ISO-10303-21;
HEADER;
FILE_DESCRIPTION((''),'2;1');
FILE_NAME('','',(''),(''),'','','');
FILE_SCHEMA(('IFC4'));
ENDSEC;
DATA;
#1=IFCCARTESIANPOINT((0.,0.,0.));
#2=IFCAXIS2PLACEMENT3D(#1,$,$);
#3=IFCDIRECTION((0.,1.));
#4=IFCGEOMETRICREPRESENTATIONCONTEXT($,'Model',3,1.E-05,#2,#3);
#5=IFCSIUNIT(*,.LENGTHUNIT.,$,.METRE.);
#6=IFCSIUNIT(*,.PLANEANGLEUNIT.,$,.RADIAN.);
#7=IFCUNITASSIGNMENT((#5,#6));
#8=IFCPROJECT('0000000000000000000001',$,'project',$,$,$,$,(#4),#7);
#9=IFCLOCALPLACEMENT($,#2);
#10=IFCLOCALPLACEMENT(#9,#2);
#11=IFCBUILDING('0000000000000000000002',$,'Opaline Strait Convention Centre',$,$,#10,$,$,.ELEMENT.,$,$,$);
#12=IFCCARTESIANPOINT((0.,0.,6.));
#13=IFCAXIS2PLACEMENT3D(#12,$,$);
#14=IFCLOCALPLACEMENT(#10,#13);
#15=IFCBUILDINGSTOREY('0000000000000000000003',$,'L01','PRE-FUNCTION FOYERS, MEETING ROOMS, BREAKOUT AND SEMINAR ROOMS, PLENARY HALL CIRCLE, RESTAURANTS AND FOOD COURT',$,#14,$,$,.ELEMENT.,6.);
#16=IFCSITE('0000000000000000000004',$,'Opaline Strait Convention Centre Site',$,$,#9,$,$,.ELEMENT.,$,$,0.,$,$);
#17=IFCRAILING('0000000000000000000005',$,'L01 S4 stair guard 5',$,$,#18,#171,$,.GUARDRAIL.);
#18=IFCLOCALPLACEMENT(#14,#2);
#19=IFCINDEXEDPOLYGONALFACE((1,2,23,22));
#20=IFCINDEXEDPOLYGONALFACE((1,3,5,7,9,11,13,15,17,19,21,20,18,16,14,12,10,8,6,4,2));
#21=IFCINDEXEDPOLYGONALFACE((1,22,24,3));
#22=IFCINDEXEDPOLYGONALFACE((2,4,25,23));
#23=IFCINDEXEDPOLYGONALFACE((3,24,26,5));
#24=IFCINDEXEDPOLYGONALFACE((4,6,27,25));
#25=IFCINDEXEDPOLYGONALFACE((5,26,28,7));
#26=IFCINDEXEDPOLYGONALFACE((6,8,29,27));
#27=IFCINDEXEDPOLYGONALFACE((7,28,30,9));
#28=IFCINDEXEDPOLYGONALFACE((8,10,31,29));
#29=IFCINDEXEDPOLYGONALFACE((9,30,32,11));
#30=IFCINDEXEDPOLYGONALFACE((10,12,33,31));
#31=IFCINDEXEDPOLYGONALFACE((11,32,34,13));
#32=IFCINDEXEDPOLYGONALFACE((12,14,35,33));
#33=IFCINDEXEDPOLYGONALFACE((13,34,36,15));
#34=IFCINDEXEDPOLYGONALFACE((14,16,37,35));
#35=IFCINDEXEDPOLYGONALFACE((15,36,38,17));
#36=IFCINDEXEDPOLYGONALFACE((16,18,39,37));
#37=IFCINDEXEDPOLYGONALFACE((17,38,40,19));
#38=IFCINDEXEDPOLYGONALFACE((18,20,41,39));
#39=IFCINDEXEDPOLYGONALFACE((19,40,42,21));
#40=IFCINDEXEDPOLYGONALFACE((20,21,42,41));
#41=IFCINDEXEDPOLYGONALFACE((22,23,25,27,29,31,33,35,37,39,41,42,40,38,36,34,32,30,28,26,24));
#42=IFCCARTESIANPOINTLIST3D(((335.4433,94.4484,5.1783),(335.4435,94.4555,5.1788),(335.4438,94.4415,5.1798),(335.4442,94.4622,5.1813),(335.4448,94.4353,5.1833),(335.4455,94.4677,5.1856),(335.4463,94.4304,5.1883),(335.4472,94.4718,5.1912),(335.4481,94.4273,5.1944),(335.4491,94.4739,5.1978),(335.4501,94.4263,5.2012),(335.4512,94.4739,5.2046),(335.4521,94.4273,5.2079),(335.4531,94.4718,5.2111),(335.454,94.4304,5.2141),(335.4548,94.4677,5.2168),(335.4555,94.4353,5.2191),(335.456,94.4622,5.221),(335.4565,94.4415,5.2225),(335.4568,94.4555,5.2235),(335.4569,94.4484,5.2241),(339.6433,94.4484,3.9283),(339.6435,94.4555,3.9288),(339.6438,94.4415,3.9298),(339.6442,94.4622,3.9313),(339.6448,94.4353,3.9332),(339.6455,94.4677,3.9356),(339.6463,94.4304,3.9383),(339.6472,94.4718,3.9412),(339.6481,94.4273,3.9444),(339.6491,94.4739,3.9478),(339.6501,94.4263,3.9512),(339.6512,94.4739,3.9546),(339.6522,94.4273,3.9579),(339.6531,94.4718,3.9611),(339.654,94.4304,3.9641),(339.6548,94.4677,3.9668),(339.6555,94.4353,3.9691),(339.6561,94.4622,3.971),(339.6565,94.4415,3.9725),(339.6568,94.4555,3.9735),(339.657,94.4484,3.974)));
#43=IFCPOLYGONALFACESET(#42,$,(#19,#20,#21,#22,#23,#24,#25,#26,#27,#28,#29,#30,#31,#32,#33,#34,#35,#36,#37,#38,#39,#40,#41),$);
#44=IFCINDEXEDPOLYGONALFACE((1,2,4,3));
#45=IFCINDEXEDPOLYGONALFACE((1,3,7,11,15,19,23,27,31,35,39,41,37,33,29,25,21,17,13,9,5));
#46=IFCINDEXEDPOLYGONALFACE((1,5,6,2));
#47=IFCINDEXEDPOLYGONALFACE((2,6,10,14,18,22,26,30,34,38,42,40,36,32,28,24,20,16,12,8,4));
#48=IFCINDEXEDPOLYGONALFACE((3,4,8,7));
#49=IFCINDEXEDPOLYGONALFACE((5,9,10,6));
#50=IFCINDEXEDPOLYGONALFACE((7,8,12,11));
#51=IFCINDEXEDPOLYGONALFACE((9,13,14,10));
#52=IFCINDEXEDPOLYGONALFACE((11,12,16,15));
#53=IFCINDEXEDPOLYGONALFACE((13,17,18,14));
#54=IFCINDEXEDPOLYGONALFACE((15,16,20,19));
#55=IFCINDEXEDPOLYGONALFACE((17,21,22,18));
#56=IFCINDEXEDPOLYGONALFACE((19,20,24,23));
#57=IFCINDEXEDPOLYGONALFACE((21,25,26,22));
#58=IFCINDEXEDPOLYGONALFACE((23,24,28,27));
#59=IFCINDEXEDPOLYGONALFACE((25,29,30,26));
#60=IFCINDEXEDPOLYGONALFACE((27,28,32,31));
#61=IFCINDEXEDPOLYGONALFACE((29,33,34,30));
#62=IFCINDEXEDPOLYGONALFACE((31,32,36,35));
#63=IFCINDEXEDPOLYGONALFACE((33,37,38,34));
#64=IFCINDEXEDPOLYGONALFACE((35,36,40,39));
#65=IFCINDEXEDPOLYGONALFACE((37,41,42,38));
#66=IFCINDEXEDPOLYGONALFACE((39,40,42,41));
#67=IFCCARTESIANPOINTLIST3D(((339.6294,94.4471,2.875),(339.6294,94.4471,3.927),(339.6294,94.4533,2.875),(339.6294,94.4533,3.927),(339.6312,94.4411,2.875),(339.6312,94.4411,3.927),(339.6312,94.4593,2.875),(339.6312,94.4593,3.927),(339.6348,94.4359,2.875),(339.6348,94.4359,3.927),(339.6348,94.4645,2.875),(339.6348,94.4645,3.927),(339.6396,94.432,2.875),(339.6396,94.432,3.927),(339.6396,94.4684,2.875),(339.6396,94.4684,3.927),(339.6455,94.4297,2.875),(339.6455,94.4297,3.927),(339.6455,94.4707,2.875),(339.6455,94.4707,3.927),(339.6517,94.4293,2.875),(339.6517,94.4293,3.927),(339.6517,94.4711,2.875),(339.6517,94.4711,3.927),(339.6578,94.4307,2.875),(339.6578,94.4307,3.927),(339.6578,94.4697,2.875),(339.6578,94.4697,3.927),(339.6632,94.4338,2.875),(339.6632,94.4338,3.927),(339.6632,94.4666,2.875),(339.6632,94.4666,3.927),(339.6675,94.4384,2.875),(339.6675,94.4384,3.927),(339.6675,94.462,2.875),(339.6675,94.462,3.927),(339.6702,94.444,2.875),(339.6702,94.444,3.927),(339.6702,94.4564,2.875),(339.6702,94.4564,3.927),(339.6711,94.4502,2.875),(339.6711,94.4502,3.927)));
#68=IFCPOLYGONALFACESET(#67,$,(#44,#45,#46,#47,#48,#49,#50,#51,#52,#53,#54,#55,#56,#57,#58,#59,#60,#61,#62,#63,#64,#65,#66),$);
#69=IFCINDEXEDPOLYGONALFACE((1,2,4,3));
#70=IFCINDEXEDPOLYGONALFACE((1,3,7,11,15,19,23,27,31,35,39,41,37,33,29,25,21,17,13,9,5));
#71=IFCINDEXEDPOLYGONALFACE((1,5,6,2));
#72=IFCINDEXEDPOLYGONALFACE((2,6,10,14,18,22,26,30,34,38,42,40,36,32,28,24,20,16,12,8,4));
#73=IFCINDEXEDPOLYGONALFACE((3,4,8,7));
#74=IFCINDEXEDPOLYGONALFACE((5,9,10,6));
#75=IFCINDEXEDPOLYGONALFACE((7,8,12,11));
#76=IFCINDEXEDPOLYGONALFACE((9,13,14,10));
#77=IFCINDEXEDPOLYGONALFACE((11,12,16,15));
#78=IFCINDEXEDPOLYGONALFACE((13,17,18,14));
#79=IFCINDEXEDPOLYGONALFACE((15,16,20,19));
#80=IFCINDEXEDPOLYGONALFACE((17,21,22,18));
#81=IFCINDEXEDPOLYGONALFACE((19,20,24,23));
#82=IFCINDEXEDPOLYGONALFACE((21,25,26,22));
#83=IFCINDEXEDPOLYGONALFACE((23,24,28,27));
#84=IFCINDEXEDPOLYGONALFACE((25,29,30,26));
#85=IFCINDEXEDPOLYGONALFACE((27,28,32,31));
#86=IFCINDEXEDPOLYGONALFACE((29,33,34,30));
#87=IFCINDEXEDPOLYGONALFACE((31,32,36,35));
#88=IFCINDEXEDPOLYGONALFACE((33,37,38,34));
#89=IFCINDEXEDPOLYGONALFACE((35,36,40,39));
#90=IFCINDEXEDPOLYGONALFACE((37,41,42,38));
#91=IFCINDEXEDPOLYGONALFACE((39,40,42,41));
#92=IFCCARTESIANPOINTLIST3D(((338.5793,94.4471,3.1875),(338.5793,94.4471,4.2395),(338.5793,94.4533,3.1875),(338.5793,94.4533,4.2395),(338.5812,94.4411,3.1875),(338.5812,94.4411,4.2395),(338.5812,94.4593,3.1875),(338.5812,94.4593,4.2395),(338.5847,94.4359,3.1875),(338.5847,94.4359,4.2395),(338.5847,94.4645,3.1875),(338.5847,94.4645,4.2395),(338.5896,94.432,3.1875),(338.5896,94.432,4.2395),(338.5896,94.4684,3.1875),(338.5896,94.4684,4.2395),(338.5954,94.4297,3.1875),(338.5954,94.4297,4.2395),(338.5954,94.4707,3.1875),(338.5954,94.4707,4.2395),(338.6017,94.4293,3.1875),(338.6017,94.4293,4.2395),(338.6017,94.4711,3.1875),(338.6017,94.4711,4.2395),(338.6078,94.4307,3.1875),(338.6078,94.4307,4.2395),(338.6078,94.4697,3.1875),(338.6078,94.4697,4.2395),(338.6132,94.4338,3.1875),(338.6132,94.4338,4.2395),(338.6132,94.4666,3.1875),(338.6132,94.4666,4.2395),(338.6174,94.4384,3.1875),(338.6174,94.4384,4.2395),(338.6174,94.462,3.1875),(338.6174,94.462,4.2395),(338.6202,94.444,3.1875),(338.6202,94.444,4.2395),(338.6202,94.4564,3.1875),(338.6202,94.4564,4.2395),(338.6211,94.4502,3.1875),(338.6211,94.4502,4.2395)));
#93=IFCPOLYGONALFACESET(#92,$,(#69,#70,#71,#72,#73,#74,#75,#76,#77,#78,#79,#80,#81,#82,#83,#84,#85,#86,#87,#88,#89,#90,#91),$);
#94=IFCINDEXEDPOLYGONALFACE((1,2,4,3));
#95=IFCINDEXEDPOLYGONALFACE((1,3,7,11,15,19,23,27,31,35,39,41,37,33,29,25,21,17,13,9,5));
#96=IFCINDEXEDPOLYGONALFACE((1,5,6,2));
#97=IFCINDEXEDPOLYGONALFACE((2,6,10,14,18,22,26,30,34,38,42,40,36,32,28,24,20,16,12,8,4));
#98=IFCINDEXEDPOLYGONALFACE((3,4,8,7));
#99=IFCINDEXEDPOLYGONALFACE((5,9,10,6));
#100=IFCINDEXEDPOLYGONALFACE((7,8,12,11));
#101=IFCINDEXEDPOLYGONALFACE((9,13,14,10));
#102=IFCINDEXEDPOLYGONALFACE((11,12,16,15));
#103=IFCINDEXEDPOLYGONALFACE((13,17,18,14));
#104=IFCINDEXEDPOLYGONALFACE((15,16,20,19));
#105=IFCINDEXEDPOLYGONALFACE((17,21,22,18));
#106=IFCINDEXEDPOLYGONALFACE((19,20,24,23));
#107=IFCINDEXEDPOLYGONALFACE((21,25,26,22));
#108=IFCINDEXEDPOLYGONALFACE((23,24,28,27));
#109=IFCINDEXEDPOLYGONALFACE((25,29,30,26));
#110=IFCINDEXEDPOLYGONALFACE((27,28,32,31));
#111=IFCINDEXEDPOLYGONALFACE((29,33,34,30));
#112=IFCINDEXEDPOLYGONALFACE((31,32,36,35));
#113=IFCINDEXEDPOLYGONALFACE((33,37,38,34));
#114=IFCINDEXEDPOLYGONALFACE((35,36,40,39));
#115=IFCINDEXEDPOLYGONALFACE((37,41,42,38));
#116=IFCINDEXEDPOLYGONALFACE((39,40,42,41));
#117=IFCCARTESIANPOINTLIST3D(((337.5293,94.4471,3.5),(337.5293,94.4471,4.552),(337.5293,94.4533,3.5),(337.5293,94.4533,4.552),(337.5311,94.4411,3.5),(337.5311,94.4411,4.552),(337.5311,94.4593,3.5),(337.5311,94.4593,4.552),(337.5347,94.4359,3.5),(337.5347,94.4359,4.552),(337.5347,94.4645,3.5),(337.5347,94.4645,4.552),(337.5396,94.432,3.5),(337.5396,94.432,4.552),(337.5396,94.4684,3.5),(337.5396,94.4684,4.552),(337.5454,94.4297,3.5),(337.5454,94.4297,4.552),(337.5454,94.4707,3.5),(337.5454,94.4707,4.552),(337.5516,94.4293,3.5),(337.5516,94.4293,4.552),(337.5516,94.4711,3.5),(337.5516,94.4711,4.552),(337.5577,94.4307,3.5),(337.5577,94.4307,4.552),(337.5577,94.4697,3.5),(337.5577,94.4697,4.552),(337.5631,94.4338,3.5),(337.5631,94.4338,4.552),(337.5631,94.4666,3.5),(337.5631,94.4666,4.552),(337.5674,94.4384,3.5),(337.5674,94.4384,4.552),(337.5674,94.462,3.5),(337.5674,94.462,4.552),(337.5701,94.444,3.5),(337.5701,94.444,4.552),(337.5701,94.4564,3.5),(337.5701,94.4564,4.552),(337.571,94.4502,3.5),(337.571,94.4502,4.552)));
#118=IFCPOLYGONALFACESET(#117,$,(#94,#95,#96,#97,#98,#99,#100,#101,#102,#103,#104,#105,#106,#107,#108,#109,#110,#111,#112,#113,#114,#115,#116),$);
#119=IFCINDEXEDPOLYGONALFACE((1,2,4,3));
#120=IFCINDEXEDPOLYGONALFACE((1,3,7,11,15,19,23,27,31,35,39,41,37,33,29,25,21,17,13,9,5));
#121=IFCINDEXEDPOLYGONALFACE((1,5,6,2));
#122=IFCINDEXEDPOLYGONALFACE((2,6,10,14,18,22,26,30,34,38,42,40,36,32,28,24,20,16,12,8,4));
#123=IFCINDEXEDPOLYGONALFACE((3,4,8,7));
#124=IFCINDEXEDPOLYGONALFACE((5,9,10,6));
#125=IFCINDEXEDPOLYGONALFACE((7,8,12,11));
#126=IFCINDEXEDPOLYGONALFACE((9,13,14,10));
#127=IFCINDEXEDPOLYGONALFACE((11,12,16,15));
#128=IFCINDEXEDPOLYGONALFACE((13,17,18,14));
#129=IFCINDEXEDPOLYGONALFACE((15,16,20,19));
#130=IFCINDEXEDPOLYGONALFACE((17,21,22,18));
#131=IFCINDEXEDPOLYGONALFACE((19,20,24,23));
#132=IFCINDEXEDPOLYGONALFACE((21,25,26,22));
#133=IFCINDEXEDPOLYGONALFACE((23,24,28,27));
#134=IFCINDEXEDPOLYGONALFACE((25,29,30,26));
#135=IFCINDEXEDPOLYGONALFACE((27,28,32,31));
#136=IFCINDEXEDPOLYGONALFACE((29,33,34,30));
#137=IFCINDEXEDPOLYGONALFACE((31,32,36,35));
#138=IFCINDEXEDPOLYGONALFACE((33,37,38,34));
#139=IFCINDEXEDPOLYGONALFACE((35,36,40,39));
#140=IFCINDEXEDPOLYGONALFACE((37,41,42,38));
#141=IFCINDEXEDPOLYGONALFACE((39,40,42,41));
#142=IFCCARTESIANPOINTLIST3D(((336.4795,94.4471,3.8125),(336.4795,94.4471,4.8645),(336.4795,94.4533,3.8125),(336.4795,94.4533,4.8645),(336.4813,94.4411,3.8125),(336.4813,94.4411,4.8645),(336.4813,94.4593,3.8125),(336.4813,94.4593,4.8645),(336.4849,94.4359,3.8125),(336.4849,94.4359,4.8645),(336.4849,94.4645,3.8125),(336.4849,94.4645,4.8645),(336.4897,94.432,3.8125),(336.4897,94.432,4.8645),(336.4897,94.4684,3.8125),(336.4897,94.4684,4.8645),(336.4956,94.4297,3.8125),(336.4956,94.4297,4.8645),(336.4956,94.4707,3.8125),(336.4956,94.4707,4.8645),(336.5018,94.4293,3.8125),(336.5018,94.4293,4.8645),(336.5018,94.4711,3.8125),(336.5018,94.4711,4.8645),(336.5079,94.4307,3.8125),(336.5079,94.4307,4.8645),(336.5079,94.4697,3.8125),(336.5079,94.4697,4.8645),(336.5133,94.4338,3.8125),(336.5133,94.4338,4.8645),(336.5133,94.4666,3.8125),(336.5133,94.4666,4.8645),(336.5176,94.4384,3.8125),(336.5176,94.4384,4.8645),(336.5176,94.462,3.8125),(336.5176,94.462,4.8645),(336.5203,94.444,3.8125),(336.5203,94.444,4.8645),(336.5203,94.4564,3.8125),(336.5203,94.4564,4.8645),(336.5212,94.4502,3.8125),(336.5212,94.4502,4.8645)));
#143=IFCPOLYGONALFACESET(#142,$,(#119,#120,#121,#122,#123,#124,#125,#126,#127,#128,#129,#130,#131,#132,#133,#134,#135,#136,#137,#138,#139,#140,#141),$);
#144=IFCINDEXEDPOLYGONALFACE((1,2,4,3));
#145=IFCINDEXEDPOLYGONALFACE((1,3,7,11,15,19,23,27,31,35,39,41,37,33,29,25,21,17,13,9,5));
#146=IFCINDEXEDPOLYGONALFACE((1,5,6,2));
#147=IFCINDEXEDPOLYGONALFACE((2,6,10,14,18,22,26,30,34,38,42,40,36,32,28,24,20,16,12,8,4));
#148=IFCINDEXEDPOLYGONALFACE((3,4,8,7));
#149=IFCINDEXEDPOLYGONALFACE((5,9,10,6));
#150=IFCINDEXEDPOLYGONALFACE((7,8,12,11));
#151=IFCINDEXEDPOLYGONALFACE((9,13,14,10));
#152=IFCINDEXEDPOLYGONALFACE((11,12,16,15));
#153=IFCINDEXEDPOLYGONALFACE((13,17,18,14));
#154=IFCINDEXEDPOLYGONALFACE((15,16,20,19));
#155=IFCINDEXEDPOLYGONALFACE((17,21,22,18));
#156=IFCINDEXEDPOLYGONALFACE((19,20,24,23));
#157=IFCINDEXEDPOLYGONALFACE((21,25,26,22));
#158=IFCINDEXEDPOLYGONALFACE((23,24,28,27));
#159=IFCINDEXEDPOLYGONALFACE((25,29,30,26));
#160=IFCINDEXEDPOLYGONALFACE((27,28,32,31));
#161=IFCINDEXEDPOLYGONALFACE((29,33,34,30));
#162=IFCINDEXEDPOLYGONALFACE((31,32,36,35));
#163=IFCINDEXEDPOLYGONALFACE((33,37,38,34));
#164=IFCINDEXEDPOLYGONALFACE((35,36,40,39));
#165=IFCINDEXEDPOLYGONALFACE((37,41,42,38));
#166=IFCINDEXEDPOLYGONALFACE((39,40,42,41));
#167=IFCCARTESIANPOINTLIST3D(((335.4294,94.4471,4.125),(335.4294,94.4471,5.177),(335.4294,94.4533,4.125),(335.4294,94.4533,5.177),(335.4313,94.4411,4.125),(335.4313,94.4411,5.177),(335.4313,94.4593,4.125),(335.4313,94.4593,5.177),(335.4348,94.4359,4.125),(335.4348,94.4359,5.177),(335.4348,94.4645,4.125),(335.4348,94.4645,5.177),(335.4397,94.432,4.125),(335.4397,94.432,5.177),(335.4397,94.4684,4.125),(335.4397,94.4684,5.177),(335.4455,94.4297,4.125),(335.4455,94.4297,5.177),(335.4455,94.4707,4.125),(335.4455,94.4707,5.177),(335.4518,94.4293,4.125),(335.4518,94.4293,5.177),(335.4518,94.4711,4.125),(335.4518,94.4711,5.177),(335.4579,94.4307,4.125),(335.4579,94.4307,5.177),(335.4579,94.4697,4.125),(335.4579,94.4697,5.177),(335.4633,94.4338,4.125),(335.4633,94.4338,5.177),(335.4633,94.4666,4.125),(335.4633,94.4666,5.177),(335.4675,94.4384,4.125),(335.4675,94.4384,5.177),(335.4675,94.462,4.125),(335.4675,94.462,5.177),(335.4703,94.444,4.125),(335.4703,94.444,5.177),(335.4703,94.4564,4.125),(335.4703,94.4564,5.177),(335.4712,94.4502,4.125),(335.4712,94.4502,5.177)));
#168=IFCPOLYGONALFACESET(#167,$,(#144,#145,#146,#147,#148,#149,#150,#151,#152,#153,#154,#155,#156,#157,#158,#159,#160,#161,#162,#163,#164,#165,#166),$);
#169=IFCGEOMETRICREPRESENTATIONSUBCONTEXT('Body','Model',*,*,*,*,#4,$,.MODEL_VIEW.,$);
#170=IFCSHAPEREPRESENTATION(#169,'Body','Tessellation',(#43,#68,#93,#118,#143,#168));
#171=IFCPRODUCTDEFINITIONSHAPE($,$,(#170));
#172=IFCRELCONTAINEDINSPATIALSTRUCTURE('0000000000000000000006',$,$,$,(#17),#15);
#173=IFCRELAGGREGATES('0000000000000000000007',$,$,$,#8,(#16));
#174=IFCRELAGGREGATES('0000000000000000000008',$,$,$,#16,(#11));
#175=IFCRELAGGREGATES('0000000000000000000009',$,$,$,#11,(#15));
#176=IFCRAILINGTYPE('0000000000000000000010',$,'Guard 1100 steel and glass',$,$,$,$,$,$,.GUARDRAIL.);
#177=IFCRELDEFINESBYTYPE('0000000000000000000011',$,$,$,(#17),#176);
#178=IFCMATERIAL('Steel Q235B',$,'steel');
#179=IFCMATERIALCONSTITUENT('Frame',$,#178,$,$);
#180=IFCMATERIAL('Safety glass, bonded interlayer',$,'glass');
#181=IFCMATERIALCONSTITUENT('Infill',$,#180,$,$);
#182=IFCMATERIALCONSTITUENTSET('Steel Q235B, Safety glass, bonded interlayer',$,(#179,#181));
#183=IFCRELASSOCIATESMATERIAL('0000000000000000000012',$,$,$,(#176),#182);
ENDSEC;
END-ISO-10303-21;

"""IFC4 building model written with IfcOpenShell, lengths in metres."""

from ifc_helpers import new_model, si_unit, direction, frame, origin, origin_2d, place, context, subcontext, project, spatial, circle, extrude, material, constituent, constituent_set, type_object, element, save


model = new_model("IFC4")

# Units and contexts
model_context = context("Model", 3, precision=1e-05, world=origin(), true_north=direction((0.0, 1.0)))
body_context = subcontext(model_context, "Body", "Model", "MODEL_VIEW")
ifc_project = project(units=[si_unit("LENGTHUNIT", "METRE"), si_unit("PLANEANGLEUNIT", "RADIAN")], contexts=[model_context])

# Site, building, storey
site_placement = place(None, origin())
site = spatial("IfcSite", under=ifc_project, at=site_placement, Name="Opaline Strait Convention Centre Site", CompositionType="ELEMENT", RefElevation=0.0)
building_placement = place(site_placement, origin())
building = spatial("IfcBuilding", under=site, at=building_placement, Name="Opaline Strait Convention Centre", CompositionType="ELEMENT")
storey_placement = place(building_placement, frame((0.0, 0.0, 6.0)))
storey = spatial("IfcBuildingStorey", under=building, at=storey_placement, Name="L01", Description="PRE-FUNCTION FOYERS, MEETING ROOMS, BREAKOUT AND SEMINAR ROOMS, PLENARY HALL CIRCLE, RESTAURANTS AND FOOD COURT", CompositionType="ELEMENT", Elevation=6.0)

# Railing
ifc_material_1 = material(Name="Steel Q235B", Category="steel")
ifc_constituent_1 = constituent(ifc_material_1, Name="Frame")
ifc_material_2 = material(Name="Safety glass, bonded interlayer", Category="glass")
ifc_constituent_2 = constituent(ifc_material_2, Name="Infill")
ifc_constituent_set = constituent_set(constituents=[ifc_constituent_1, ifc_constituent_2], Name="Steel Q235B, Safety glass, bonded interlayer")
railing_type_1 = type_object("IfcRailingType", Name="Guard 1100 steel and glass", PredefinedType="GUARDRAIL", material=ifc_constituent_set)
railing_1_placement = place(storey_placement, frame((339.6501, 94.4502, 2.875)))
element("IfcRailing", 1, at=railing_1_placement, inside=storey, type_object=railing_type_1, Name="L01 S4 stair guard 5", PredefinedType="GUARDRAIL", context=body_context, shape_type="SweptSolid", body=[
    extrude(circle(Radius=0.0239, at=origin_2d()), frame((0.0, 0.0, 1.0762), z_axis=(-0.958451, 0.0, 0.285257), x_axis=(0.0, -1.0, 0.0)), (0.0, 0.0, 1.0), 4.3821),
    extrude(circle(Radius=0.021, at=origin_2d()), origin(), (0.0, 0.0, 1.0), 1.052),
    extrude(circle(Radius=0.021, at=origin_2d()), frame((-1.05, 0.0, 0.3125)), (0.0, 0.0, 1.0), 1.052),
    extrude(circle(Radius=0.021, at=origin_2d()), frame((-2.1001, 0.0, 0.625)), (0.0, 0.0, 1.0), 1.052),
    extrude(circle(Radius=0.021, at=origin_2d()), frame((-3.1499, 0.0, 0.9375)), (0.0, 0.0, 1.0), 1.052),
    extrude(circle(Radius=0.021, at=origin_2d()), frame((-4.2, 0.0, 1.25)), (0.0, 0.0, 1.0), 1.052),
])

save(model, "model.ifc")
